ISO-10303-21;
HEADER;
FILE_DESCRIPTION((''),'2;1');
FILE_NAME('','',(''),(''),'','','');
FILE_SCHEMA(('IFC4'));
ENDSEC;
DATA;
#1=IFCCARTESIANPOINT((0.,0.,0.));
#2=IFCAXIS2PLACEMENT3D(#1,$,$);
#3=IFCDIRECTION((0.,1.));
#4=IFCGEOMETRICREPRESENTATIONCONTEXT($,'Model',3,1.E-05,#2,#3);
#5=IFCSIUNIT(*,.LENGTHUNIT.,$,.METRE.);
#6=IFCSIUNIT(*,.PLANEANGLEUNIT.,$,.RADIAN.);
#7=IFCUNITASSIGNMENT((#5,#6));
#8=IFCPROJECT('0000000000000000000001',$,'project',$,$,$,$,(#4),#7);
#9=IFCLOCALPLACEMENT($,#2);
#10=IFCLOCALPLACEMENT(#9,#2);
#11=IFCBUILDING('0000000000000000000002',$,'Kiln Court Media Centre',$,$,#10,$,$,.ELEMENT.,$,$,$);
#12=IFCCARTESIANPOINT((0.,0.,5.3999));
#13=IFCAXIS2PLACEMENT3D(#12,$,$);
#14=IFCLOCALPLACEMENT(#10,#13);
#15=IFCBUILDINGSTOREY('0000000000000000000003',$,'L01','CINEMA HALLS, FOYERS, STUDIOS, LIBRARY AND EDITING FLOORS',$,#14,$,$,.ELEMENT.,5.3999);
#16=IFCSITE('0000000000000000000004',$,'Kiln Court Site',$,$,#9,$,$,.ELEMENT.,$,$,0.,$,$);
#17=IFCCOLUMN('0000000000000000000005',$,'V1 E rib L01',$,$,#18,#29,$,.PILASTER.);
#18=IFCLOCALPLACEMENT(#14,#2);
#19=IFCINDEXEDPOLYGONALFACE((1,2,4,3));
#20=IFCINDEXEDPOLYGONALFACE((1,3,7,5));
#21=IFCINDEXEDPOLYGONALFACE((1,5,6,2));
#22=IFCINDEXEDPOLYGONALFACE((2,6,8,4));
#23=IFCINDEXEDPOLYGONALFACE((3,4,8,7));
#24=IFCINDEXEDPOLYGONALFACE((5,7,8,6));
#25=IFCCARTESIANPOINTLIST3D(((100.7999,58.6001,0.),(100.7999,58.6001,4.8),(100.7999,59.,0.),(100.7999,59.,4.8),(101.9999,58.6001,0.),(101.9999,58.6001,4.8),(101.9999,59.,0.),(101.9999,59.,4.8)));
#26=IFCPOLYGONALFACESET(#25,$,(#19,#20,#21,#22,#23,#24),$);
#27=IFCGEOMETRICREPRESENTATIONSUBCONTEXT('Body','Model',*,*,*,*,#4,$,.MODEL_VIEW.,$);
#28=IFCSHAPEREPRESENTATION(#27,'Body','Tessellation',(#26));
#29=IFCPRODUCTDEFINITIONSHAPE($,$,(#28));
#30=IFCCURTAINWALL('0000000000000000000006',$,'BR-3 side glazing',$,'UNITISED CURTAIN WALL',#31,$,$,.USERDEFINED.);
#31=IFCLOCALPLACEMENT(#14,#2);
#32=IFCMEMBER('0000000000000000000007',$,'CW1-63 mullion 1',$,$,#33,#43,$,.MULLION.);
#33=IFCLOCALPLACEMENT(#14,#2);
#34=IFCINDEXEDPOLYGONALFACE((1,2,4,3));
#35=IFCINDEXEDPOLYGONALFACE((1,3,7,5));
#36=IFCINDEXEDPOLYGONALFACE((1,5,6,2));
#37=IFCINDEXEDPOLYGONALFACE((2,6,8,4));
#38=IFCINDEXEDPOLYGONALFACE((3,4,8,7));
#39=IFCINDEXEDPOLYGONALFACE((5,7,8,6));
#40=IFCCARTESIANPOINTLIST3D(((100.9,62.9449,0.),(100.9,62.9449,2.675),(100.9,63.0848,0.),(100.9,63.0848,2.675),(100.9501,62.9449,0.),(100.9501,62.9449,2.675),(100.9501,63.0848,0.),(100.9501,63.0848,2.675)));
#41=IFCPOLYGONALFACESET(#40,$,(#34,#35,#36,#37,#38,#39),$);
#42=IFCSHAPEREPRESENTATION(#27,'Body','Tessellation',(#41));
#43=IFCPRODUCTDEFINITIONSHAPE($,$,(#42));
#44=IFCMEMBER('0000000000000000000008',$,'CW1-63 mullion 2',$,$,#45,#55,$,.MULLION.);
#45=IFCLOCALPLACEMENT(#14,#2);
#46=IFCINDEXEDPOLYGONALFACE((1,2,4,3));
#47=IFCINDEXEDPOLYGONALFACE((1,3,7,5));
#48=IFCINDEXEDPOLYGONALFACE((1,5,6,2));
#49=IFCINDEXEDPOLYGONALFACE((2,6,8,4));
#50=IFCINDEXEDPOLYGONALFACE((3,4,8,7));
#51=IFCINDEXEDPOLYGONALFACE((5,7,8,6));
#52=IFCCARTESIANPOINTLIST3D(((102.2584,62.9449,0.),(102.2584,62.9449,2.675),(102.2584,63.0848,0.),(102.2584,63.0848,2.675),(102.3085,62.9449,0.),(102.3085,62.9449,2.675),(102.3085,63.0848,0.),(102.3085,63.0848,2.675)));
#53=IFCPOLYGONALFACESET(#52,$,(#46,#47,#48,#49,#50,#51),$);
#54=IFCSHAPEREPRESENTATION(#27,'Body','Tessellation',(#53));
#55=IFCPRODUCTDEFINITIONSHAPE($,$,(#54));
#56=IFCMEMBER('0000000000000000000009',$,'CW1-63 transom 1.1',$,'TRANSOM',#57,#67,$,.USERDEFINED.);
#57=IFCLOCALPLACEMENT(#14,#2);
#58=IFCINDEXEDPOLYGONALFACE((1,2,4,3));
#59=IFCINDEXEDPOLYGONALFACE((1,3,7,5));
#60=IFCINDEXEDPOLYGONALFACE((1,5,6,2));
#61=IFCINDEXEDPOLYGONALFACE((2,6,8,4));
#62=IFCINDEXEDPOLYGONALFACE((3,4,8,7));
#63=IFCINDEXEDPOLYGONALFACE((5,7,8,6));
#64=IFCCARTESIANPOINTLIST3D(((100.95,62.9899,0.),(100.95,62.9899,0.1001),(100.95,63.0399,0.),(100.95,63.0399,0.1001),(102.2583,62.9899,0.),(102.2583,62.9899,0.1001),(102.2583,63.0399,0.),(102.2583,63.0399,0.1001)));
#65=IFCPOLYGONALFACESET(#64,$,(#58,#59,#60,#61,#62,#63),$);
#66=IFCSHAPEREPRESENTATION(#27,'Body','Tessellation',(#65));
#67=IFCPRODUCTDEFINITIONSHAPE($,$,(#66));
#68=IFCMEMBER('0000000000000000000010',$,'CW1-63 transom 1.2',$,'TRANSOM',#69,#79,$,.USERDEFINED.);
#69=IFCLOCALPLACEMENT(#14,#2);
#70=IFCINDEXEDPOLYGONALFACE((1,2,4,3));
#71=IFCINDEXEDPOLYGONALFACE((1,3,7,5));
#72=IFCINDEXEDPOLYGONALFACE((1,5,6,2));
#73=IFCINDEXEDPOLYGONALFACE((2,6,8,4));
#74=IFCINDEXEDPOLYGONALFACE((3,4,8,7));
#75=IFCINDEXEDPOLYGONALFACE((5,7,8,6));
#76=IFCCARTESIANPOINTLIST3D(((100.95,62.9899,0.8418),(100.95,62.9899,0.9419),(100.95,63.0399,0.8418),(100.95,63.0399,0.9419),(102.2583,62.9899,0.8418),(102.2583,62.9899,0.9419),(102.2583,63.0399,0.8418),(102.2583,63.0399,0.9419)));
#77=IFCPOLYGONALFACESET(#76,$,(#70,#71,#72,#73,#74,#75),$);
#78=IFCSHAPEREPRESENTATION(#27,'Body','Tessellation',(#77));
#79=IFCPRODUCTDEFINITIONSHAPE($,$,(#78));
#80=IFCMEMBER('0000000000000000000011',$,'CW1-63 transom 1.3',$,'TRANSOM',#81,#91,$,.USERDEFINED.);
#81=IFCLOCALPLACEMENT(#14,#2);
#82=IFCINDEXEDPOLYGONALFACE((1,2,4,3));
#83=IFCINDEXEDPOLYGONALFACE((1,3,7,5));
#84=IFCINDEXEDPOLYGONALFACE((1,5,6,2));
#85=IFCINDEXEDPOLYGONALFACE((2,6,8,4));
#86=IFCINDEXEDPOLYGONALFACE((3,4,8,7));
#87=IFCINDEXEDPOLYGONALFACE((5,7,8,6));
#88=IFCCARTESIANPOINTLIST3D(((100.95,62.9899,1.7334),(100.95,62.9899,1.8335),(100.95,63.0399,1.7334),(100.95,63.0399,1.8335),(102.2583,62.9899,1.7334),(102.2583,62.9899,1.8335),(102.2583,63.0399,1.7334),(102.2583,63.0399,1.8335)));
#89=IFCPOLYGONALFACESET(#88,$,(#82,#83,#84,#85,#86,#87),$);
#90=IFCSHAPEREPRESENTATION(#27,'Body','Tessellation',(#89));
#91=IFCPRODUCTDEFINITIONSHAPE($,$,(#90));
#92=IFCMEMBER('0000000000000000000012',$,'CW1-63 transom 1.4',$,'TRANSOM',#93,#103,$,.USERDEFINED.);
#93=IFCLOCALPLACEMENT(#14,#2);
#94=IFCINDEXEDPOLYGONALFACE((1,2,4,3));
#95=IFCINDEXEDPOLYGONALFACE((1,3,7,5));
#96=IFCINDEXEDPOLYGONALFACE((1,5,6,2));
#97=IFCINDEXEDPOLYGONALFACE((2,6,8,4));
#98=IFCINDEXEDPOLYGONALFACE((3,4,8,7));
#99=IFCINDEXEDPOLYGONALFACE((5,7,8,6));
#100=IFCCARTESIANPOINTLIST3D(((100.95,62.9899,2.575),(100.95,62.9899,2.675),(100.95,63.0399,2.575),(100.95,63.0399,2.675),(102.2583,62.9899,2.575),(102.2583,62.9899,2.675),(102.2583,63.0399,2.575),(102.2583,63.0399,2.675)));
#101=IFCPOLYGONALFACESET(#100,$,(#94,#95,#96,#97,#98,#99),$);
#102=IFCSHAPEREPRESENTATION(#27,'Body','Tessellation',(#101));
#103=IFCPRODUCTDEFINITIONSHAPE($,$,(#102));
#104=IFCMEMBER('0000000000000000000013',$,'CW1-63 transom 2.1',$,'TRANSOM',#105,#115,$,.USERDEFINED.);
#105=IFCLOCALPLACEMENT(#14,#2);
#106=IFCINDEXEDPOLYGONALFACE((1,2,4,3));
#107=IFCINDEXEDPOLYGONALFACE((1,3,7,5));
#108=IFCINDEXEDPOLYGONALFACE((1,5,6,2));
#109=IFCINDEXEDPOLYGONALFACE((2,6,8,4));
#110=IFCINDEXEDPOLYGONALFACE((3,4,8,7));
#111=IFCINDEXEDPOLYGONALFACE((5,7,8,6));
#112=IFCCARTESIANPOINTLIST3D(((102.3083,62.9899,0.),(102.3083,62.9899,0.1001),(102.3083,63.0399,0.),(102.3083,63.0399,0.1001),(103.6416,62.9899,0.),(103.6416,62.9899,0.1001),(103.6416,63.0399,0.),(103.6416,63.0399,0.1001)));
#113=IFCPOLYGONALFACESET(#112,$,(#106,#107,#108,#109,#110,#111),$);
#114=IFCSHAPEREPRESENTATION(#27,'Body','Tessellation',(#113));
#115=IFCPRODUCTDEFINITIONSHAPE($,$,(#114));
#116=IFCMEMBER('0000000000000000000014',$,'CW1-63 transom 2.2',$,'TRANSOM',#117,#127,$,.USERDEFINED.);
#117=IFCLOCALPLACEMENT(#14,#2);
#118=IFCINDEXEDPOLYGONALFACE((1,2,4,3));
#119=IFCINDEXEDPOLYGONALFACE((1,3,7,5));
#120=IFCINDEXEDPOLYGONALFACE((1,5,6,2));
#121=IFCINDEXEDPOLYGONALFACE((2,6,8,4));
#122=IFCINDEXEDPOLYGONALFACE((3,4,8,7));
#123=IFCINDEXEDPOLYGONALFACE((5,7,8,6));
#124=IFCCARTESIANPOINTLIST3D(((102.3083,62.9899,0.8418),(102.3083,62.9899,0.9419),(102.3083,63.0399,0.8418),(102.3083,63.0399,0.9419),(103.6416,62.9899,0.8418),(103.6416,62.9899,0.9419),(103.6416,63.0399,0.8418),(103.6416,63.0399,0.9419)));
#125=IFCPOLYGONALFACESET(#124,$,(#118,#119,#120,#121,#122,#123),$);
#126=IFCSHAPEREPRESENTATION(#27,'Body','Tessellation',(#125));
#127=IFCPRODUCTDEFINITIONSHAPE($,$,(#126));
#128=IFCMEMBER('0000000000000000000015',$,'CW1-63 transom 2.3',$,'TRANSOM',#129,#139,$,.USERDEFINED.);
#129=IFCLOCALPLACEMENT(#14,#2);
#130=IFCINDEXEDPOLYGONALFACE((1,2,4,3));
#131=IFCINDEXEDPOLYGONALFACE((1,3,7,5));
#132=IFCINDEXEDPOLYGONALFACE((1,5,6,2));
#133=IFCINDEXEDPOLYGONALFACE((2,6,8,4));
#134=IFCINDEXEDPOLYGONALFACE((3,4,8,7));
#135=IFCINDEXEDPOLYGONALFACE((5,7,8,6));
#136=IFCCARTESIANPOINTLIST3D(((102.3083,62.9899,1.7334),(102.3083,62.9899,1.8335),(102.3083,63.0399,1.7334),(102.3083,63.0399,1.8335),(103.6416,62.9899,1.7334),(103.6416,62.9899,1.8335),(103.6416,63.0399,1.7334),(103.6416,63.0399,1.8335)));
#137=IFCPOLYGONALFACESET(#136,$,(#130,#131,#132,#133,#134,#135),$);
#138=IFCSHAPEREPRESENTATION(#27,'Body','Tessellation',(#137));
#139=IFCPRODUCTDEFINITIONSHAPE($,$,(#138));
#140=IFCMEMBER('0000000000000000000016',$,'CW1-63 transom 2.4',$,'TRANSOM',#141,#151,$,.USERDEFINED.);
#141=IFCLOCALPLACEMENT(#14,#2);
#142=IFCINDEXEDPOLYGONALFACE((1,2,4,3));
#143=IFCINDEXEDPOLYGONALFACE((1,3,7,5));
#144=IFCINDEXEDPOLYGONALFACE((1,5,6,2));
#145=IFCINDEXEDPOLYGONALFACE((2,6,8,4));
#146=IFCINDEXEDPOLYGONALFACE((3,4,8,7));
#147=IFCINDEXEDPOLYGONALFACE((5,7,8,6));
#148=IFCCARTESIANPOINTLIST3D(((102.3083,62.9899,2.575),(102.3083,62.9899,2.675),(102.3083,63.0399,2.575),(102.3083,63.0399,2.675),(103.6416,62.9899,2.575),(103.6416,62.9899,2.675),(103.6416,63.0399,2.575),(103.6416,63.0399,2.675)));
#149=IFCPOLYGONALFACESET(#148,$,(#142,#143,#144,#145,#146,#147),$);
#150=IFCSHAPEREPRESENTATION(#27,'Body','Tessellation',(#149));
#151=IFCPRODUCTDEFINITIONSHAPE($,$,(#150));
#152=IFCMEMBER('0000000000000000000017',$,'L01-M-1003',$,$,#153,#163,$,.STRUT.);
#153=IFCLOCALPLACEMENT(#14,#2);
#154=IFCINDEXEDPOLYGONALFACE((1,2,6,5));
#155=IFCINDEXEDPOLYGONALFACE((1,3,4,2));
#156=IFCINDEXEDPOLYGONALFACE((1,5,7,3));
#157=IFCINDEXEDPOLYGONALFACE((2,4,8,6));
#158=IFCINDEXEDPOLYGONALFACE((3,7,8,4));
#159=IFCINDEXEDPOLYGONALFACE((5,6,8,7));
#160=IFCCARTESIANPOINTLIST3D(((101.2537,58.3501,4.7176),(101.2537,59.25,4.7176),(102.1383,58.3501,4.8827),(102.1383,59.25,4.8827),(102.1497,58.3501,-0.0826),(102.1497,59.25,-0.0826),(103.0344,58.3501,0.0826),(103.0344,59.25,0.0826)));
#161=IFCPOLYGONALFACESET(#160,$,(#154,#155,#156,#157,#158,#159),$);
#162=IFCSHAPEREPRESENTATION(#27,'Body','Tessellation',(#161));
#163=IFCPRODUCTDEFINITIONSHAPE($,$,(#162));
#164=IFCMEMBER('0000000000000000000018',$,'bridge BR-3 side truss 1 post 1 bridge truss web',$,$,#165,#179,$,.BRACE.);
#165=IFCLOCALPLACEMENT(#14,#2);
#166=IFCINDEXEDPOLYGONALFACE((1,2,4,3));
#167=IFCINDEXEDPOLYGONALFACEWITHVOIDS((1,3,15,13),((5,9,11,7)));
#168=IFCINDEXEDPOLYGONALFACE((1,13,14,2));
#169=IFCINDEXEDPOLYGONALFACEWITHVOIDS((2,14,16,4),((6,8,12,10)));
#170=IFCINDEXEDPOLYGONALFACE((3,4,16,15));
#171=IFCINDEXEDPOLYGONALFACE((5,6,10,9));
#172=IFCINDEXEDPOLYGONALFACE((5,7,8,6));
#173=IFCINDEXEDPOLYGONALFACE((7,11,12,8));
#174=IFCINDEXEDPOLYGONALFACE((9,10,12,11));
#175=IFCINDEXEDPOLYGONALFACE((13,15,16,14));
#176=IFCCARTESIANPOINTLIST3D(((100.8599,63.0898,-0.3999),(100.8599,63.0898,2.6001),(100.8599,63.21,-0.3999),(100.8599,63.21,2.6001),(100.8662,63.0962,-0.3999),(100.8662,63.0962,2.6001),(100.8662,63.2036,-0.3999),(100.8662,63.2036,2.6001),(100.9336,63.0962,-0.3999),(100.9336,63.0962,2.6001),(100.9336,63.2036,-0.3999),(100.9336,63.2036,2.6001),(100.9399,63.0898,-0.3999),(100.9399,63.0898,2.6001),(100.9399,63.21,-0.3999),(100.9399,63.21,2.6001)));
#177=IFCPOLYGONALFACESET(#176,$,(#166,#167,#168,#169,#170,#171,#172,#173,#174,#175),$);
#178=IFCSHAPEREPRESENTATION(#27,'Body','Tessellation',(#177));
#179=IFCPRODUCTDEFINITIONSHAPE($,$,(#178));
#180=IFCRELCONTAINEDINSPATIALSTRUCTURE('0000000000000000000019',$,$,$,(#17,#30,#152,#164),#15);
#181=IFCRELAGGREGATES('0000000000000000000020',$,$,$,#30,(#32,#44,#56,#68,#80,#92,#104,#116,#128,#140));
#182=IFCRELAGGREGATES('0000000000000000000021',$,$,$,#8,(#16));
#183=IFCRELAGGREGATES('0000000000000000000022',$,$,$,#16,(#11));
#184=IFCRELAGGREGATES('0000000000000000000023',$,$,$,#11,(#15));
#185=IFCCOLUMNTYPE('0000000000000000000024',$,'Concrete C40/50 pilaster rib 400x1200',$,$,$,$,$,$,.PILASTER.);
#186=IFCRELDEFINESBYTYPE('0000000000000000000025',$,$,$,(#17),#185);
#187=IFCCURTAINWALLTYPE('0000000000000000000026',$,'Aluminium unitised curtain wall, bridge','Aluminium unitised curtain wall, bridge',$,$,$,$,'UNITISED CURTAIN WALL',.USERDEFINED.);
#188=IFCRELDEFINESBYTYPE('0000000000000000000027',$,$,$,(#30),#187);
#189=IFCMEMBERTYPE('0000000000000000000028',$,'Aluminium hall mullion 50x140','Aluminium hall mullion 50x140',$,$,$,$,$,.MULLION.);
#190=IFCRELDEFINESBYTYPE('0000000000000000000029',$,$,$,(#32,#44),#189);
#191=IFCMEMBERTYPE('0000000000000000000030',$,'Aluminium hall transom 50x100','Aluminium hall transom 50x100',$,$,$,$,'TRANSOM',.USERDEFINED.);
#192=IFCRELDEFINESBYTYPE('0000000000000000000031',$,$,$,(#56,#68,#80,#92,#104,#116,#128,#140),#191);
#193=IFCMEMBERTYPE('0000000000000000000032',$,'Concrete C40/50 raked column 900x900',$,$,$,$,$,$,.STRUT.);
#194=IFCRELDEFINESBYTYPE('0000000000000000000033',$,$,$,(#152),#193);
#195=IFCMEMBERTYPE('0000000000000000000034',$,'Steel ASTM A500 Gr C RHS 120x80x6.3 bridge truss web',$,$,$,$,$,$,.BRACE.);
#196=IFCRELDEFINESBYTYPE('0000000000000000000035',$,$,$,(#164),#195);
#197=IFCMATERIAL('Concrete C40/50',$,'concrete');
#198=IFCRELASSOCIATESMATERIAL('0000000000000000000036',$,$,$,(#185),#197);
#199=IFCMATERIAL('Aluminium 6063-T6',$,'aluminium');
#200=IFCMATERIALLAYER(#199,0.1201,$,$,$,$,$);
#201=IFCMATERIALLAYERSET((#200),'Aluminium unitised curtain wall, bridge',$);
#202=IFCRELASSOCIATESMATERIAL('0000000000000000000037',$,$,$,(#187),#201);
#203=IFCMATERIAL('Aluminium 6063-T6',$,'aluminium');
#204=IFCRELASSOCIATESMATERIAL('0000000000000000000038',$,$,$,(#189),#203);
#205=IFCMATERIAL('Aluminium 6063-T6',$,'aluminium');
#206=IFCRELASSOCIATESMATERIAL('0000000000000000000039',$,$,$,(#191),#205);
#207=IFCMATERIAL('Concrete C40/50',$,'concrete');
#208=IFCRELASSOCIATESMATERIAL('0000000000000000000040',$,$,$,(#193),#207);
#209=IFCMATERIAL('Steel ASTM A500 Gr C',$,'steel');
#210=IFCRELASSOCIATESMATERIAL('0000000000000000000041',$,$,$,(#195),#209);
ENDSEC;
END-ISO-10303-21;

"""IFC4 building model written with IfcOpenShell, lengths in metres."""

from ifc_helpers import new_model, si_unit, direction, frame, origin, origin_2d, place, context, subcontext, project, spatial, rectangle, hollow_rectangle, extrude, material, layer, layer_set, material_profile, profile_set, type_object, element, aggregate, save


model = new_model("IFC4")

# Units and contexts
model_context = context("Model", 3, precision=1e-05, world=origin(), true_north=direction((0.0, 1.0)))
body_context = subcontext(model_context, "Body", "Model", "MODEL_VIEW")
ifc_project = project(units=[si_unit("LENGTHUNIT", "METRE"), si_unit("PLANEANGLEUNIT", "RADIAN")], contexts=[model_context])

# Site, building, storey
site_placement = place(None, origin())
site = spatial("IfcSite", under=ifc_project, at=site_placement, Name="Kiln Court Site", CompositionType="ELEMENT", RefElevation=0.0)
building_placement = place(site_placement, origin())
building = spatial("IfcBuilding", under=site, at=building_placement, Name="Kiln Court Media Centre", CompositionType="ELEMENT")
storey_placement = place(building_placement, frame((0.0, 0.0, 5.3999)))
storey = spatial("IfcBuildingStorey", under=building, at=storey_placement, Name="L01", Description="CINEMA HALLS, FOYERS, STUDIOS, LIBRARY AND EDITING FLOORS", CompositionType="ELEMENT", Elevation=5.3999)

# Column
ifc_material_1 = material(Name="Concrete C40/50", Category="concrete")
ifc_material_profile_1 = material_profile(ifc_material_1, rectangle(XDim=0.3999, YDim=1.2, at=origin_2d()), Name="RC 400x1200")
ifc_profile_set_1 = profile_set([ifc_material_profile_1], Name="Concrete C40/50")
column_type = type_object("IfcColumnType", Name="Concrete C40/50 pilaster rib 400x1200", PredefinedType="PILASTER", material=ifc_profile_set_1)
column_placement = place(storey_placement, frame((101.3999, 58.8, 0.0), z_axis=(0.0, 0.0, 1.0), x_axis=(0.0, 1.0, 0.0)))
element("IfcColumn", 1, at=column_placement, inside=storey, type_object=column_type, Name="V1 E rib L01", PredefinedType="PILASTER", context=body_context, shape_type="SweptSolid", body=[
    extrude(rectangle(XDim=0.3999, YDim=1.2, at=origin_2d()), origin(), (0.0, 0.0, 1.0), 4.8),
])

# Curtain wall, members
ifc_material_2 = material(Name="Aluminium 6063-T6", Category="aluminium")
ifc_layer_1 = layer(ifc_material_2, 0.1201)
ifc_layer_set_1 = layer_set([ifc_layer_1], Name="Aluminium unitised curtain wall, bridge")
curtain_wall_type = type_object("IfcCurtainWallType", Name="Aluminium unitised curtain wall, bridge", Description="Aluminium unitised curtain wall, bridge", ElementType="UNITISED CURTAIN WALL", PredefinedType="USERDEFINED", material=ifc_layer_set_1)
curtain_wall_placement = place(storey_placement, origin())
curtain_wall = element("IfcCurtainWall", 2, at=curtain_wall_placement, inside=storey, type_object=curtain_wall_type, Name="BR-3 side glazing", ObjectType="UNITISED CURTAIN WALL", PredefinedType="USERDEFINED")
ifc_material_3 = material(Name="Aluminium 6063-T6", Category="aluminium")
ifc_material_profile_2 = material_profile(ifc_material_3, rectangle(XDim=0.05, YDim=0.1399, at=origin_2d()), Name="Aluminium hall mullion 50x140")
ifc_profile_set_2 = profile_set([ifc_material_profile_2], Name="Aluminium 6063-T6")
member_type_1 = type_object("IfcMemberType", Name="Aluminium hall mullion 50x140", Description="Aluminium hall mullion 50x140", PredefinedType="MULLION", material=ifc_profile_set_2)
member_1_placement = place(storey_placement, frame((100.925, 63.0149, 0.0), z_axis=(0.0, 0.0, 1.0), x_axis=(1.0, 0.0, 0.0)))
member_1 = element("IfcMember", 3, at=member_1_placement, type_object=member_type_1, Name="CW1-63 mullion 1", PredefinedType="MULLION", context=body_context, shape_type="SweptSolid", body=[
    extrude(rectangle(XDim=0.05, YDim=0.1399, at=origin_2d()), origin(), (0.0, 0.0, 1.0), 2.675),
])
member_2_placement = place(storey_placement, frame((102.2834, 63.0149, 0.0), z_axis=(0.0, 0.0, 1.0), x_axis=(1.0, 0.0, 0.0)))
member_2 = element("IfcMember", 4, at=member_2_placement, type_object=member_type_1, Name="CW1-63 mullion 2", PredefinedType="MULLION", context=body_context, shape_type="SweptSolid", body=[
    extrude(rectangle(XDim=0.05, YDim=0.1399, at=origin_2d()), origin(), (0.0, 0.0, 1.0), 2.675),
])
ifc_material_4 = material(Name="Aluminium 6063-T6", Category="aluminium")
ifc_material_profile_3 = material_profile(ifc_material_4, rectangle(XDim=0.05, YDim=0.1001, at=origin_2d()), Name="Aluminium hall transom 50x100")
ifc_profile_set_3 = profile_set([ifc_material_profile_3], Name="Aluminium 6063-T6")
member_type_2 = type_object("IfcMemberType", Name="Aluminium hall transom 50x100", Description="Aluminium hall transom 50x100", ElementType="TRANSOM", PredefinedType="USERDEFINED", material=ifc_profile_set_3)
member_3_placement = place(storey_placement, frame((100.95, 63.0149, 0.05), z_axis=(1.0, 0.0, 0.0), x_axis=(0.0, 1.0, 0.0)))
member_3 = element("IfcMember", 5, at=member_3_placement, type_object=member_type_2, Name="CW1-63 transom 1.1", ObjectType="TRANSOM", PredefinedType="USERDEFINED", context=body_context, shape_type="SweptSolid", body=[
    extrude(rectangle(XDim=0.05, YDim=0.1001, at=origin_2d()), origin(), (0.0, 0.0, 1.0), 1.3083),
])
member_4_placement = place(storey_placement, frame((100.95, 63.0149, 0.8918), z_axis=(1.0, 0.0, 0.0), x_axis=(0.0, 1.0, 0.0)))
member_4 = element("IfcMember", 6, at=member_4_placement, type_object=member_type_2, Name="CW1-63 transom 1.2", ObjectType="TRANSOM", PredefinedType="USERDEFINED", context=body_context, shape_type="SweptSolid", body=[
    extrude(rectangle(XDim=0.05, YDim=0.1001, at=origin_2d()), origin(), (0.0, 0.0, 1.0), 1.3083),
])
member_5_placement = place(storey_placement, frame((100.95, 63.0149, 1.7834), z_axis=(1.0, 0.0, 0.0), x_axis=(0.0, 1.0, 0.0)))
member_5 = element("IfcMember", 7, at=member_5_placement, type_object=member_type_2, Name="CW1-63 transom 1.3", ObjectType="TRANSOM", PredefinedType="USERDEFINED", context=body_context, shape_type="SweptSolid", body=[
    extrude(rectangle(XDim=0.05, YDim=0.1001, at=origin_2d()), origin(), (0.0, 0.0, 1.0), 1.3083),
])
member_6_placement = place(storey_placement, frame((100.95, 63.0149, 2.625), z_axis=(1.0, 0.0, 0.0), x_axis=(0.0, 1.0, 0.0)))
member_6 = element("IfcMember", 8, at=member_6_placement, type_object=member_type_2, Name="CW1-63 transom 1.4", ObjectType="TRANSOM", PredefinedType="USERDEFINED", context=body_context, shape_type="SweptSolid", body=[
    extrude(rectangle(XDim=0.05, YDim=0.1001, at=origin_2d()), origin(), (0.0, 0.0, 1.0), 1.3083),
])
member_7_placement = place(storey_placement, frame((102.3083, 63.0149, 0.05), z_axis=(1.0, 0.0, 0.0), x_axis=(0.0, 1.0, 0.0)))
member_7 = element("IfcMember", 9, at=member_7_placement, type_object=member_type_2, Name="CW1-63 transom 2.1", ObjectType="TRANSOM", PredefinedType="USERDEFINED", context=body_context, shape_type="SweptSolid", body=[
    extrude(rectangle(XDim=0.05, YDim=0.1001, at=origin_2d()), origin(), (0.0, 0.0, 1.0), 1.3333),
])
member_8_placement = place(storey_placement, frame((102.3083, 63.0149, 0.8918), z_axis=(1.0, 0.0, 0.0), x_axis=(0.0, 1.0, 0.0)))
member_8 = element("IfcMember", 10, at=member_8_placement, type_object=member_type_2, Name="CW1-63 transom 2.2", ObjectType="TRANSOM", PredefinedType="USERDEFINED", context=body_context, shape_type="SweptSolid", body=[
    extrude(rectangle(XDim=0.05, YDim=0.1001, at=origin_2d()), origin(), (0.0, 0.0, 1.0), 1.3333),
])
member_9_placement = place(storey_placement, frame((102.3083, 63.0149, 1.7834), z_axis=(1.0, 0.0, 0.0), x_axis=(0.0, 1.0, 0.0)))
member_9 = element("IfcMember", 11, at=member_9_placement, type_object=member_type_2, Name="CW1-63 transom 2.3", ObjectType="TRANSOM", PredefinedType="USERDEFINED", context=body_context, shape_type="SweptSolid", body=[
    extrude(rectangle(XDim=0.05, YDim=0.1001, at=origin_2d()), origin(), (0.0, 0.0, 1.0), 1.3333),
])
member_10_placement = place(storey_placement, frame((102.3083, 63.0149, 2.625), z_axis=(1.0, 0.0, 0.0), x_axis=(0.0, 1.0, 0.0)))
member_10 = element("IfcMember", 12, at=member_10_placement, type_object=member_type_2, Name="CW1-63 transom 2.4", ObjectType="TRANSOM", PredefinedType="USERDEFINED", context=body_context, shape_type="SweptSolid", body=[
    extrude(rectangle(XDim=0.05, YDim=0.1001, at=origin_2d()), origin(), (0.0, 0.0, 1.0), 1.3333),
])

# Members
ifc_material_5 = material(Name="Concrete C40/50", Category="concrete")
ifc_material_profile_4 = material_profile(ifc_material_5, rectangle(XDim=0.8999, YDim=0.8999, at=origin_2d()), Name="RC 900x900")
ifc_profile_set_4 = profile_set([ifc_material_profile_4], Name="Concrete C40/50")
member_type_3 = type_object("IfcMemberType", Name="Concrete C40/50 raked column 900x900", PredefinedType="STRUT", material=ifc_profile_set_4)
member_11_placement = place(storey_placement, frame((102.592, 58.8, 0.0), z_axis=(-0.183495, 0.0, 0.983021), x_axis=(0.0, -1.0, 0.0)))
element("IfcMember", 13, at=member_11_placement, inside=storey, type_object=member_type_3, Name="L01-M-1003", PredefinedType="STRUT", context=body_context, shape_type="SweptSolid", body=[
    extrude(rectangle(XDim=0.8999, YDim=0.8999, at=origin_2d()), origin(), (0.0, 0.0, 1.0), 4.8831),
])
ifc_material_6 = material(Name="Steel ASTM A500 Gr C", Category="steel")
ifc_material_profile_5 = material_profile(ifc_material_6, hollow_rectangle(XDim=0.0801, YDim=0.1201, WallThickness=0.0063, at=origin_2d()), Name="RHS 120x80x6.3")
ifc_profile_set_5 = profile_set([ifc_material_profile_5], Name="Steel ASTM A500 Gr C")
member_type_4 = type_object("IfcMemberType", Name="Steel ASTM A500 Gr C RHS 120x80x6.3 bridge truss web", PredefinedType="BRACE", material=ifc_profile_set_5)
for number, where, z_axis, x_axis, name in (
    (14, (100.8999, 63.1499, -0.3999), (0.0, 0.0, 1.0), (1.0, 0.0, 0.0), "bridge BR-3 side truss 1 post 1 bridge truss web"),
):
    element("IfcMember", number, at=place(storey_placement, frame(where, z_axis=z_axis, x_axis=x_axis)), inside=storey, type_object=member_type_4, Name=name, PredefinedType="BRACE", context=body_context, shape_type="SweptSolid", body=[
        extrude(hollow_rectangle(XDim=0.0801, YDim=0.1201, WallThickness=0.0063, at=origin_2d()), origin(), (0.0, 0.0, 1.0), 3.0),
    ])

aggregate(curtain_wall, [member_1, member_2, member_3, member_4, member_5, member_6, member_7, member_8, member_9, member_10])

save(model, "model.ifc")
